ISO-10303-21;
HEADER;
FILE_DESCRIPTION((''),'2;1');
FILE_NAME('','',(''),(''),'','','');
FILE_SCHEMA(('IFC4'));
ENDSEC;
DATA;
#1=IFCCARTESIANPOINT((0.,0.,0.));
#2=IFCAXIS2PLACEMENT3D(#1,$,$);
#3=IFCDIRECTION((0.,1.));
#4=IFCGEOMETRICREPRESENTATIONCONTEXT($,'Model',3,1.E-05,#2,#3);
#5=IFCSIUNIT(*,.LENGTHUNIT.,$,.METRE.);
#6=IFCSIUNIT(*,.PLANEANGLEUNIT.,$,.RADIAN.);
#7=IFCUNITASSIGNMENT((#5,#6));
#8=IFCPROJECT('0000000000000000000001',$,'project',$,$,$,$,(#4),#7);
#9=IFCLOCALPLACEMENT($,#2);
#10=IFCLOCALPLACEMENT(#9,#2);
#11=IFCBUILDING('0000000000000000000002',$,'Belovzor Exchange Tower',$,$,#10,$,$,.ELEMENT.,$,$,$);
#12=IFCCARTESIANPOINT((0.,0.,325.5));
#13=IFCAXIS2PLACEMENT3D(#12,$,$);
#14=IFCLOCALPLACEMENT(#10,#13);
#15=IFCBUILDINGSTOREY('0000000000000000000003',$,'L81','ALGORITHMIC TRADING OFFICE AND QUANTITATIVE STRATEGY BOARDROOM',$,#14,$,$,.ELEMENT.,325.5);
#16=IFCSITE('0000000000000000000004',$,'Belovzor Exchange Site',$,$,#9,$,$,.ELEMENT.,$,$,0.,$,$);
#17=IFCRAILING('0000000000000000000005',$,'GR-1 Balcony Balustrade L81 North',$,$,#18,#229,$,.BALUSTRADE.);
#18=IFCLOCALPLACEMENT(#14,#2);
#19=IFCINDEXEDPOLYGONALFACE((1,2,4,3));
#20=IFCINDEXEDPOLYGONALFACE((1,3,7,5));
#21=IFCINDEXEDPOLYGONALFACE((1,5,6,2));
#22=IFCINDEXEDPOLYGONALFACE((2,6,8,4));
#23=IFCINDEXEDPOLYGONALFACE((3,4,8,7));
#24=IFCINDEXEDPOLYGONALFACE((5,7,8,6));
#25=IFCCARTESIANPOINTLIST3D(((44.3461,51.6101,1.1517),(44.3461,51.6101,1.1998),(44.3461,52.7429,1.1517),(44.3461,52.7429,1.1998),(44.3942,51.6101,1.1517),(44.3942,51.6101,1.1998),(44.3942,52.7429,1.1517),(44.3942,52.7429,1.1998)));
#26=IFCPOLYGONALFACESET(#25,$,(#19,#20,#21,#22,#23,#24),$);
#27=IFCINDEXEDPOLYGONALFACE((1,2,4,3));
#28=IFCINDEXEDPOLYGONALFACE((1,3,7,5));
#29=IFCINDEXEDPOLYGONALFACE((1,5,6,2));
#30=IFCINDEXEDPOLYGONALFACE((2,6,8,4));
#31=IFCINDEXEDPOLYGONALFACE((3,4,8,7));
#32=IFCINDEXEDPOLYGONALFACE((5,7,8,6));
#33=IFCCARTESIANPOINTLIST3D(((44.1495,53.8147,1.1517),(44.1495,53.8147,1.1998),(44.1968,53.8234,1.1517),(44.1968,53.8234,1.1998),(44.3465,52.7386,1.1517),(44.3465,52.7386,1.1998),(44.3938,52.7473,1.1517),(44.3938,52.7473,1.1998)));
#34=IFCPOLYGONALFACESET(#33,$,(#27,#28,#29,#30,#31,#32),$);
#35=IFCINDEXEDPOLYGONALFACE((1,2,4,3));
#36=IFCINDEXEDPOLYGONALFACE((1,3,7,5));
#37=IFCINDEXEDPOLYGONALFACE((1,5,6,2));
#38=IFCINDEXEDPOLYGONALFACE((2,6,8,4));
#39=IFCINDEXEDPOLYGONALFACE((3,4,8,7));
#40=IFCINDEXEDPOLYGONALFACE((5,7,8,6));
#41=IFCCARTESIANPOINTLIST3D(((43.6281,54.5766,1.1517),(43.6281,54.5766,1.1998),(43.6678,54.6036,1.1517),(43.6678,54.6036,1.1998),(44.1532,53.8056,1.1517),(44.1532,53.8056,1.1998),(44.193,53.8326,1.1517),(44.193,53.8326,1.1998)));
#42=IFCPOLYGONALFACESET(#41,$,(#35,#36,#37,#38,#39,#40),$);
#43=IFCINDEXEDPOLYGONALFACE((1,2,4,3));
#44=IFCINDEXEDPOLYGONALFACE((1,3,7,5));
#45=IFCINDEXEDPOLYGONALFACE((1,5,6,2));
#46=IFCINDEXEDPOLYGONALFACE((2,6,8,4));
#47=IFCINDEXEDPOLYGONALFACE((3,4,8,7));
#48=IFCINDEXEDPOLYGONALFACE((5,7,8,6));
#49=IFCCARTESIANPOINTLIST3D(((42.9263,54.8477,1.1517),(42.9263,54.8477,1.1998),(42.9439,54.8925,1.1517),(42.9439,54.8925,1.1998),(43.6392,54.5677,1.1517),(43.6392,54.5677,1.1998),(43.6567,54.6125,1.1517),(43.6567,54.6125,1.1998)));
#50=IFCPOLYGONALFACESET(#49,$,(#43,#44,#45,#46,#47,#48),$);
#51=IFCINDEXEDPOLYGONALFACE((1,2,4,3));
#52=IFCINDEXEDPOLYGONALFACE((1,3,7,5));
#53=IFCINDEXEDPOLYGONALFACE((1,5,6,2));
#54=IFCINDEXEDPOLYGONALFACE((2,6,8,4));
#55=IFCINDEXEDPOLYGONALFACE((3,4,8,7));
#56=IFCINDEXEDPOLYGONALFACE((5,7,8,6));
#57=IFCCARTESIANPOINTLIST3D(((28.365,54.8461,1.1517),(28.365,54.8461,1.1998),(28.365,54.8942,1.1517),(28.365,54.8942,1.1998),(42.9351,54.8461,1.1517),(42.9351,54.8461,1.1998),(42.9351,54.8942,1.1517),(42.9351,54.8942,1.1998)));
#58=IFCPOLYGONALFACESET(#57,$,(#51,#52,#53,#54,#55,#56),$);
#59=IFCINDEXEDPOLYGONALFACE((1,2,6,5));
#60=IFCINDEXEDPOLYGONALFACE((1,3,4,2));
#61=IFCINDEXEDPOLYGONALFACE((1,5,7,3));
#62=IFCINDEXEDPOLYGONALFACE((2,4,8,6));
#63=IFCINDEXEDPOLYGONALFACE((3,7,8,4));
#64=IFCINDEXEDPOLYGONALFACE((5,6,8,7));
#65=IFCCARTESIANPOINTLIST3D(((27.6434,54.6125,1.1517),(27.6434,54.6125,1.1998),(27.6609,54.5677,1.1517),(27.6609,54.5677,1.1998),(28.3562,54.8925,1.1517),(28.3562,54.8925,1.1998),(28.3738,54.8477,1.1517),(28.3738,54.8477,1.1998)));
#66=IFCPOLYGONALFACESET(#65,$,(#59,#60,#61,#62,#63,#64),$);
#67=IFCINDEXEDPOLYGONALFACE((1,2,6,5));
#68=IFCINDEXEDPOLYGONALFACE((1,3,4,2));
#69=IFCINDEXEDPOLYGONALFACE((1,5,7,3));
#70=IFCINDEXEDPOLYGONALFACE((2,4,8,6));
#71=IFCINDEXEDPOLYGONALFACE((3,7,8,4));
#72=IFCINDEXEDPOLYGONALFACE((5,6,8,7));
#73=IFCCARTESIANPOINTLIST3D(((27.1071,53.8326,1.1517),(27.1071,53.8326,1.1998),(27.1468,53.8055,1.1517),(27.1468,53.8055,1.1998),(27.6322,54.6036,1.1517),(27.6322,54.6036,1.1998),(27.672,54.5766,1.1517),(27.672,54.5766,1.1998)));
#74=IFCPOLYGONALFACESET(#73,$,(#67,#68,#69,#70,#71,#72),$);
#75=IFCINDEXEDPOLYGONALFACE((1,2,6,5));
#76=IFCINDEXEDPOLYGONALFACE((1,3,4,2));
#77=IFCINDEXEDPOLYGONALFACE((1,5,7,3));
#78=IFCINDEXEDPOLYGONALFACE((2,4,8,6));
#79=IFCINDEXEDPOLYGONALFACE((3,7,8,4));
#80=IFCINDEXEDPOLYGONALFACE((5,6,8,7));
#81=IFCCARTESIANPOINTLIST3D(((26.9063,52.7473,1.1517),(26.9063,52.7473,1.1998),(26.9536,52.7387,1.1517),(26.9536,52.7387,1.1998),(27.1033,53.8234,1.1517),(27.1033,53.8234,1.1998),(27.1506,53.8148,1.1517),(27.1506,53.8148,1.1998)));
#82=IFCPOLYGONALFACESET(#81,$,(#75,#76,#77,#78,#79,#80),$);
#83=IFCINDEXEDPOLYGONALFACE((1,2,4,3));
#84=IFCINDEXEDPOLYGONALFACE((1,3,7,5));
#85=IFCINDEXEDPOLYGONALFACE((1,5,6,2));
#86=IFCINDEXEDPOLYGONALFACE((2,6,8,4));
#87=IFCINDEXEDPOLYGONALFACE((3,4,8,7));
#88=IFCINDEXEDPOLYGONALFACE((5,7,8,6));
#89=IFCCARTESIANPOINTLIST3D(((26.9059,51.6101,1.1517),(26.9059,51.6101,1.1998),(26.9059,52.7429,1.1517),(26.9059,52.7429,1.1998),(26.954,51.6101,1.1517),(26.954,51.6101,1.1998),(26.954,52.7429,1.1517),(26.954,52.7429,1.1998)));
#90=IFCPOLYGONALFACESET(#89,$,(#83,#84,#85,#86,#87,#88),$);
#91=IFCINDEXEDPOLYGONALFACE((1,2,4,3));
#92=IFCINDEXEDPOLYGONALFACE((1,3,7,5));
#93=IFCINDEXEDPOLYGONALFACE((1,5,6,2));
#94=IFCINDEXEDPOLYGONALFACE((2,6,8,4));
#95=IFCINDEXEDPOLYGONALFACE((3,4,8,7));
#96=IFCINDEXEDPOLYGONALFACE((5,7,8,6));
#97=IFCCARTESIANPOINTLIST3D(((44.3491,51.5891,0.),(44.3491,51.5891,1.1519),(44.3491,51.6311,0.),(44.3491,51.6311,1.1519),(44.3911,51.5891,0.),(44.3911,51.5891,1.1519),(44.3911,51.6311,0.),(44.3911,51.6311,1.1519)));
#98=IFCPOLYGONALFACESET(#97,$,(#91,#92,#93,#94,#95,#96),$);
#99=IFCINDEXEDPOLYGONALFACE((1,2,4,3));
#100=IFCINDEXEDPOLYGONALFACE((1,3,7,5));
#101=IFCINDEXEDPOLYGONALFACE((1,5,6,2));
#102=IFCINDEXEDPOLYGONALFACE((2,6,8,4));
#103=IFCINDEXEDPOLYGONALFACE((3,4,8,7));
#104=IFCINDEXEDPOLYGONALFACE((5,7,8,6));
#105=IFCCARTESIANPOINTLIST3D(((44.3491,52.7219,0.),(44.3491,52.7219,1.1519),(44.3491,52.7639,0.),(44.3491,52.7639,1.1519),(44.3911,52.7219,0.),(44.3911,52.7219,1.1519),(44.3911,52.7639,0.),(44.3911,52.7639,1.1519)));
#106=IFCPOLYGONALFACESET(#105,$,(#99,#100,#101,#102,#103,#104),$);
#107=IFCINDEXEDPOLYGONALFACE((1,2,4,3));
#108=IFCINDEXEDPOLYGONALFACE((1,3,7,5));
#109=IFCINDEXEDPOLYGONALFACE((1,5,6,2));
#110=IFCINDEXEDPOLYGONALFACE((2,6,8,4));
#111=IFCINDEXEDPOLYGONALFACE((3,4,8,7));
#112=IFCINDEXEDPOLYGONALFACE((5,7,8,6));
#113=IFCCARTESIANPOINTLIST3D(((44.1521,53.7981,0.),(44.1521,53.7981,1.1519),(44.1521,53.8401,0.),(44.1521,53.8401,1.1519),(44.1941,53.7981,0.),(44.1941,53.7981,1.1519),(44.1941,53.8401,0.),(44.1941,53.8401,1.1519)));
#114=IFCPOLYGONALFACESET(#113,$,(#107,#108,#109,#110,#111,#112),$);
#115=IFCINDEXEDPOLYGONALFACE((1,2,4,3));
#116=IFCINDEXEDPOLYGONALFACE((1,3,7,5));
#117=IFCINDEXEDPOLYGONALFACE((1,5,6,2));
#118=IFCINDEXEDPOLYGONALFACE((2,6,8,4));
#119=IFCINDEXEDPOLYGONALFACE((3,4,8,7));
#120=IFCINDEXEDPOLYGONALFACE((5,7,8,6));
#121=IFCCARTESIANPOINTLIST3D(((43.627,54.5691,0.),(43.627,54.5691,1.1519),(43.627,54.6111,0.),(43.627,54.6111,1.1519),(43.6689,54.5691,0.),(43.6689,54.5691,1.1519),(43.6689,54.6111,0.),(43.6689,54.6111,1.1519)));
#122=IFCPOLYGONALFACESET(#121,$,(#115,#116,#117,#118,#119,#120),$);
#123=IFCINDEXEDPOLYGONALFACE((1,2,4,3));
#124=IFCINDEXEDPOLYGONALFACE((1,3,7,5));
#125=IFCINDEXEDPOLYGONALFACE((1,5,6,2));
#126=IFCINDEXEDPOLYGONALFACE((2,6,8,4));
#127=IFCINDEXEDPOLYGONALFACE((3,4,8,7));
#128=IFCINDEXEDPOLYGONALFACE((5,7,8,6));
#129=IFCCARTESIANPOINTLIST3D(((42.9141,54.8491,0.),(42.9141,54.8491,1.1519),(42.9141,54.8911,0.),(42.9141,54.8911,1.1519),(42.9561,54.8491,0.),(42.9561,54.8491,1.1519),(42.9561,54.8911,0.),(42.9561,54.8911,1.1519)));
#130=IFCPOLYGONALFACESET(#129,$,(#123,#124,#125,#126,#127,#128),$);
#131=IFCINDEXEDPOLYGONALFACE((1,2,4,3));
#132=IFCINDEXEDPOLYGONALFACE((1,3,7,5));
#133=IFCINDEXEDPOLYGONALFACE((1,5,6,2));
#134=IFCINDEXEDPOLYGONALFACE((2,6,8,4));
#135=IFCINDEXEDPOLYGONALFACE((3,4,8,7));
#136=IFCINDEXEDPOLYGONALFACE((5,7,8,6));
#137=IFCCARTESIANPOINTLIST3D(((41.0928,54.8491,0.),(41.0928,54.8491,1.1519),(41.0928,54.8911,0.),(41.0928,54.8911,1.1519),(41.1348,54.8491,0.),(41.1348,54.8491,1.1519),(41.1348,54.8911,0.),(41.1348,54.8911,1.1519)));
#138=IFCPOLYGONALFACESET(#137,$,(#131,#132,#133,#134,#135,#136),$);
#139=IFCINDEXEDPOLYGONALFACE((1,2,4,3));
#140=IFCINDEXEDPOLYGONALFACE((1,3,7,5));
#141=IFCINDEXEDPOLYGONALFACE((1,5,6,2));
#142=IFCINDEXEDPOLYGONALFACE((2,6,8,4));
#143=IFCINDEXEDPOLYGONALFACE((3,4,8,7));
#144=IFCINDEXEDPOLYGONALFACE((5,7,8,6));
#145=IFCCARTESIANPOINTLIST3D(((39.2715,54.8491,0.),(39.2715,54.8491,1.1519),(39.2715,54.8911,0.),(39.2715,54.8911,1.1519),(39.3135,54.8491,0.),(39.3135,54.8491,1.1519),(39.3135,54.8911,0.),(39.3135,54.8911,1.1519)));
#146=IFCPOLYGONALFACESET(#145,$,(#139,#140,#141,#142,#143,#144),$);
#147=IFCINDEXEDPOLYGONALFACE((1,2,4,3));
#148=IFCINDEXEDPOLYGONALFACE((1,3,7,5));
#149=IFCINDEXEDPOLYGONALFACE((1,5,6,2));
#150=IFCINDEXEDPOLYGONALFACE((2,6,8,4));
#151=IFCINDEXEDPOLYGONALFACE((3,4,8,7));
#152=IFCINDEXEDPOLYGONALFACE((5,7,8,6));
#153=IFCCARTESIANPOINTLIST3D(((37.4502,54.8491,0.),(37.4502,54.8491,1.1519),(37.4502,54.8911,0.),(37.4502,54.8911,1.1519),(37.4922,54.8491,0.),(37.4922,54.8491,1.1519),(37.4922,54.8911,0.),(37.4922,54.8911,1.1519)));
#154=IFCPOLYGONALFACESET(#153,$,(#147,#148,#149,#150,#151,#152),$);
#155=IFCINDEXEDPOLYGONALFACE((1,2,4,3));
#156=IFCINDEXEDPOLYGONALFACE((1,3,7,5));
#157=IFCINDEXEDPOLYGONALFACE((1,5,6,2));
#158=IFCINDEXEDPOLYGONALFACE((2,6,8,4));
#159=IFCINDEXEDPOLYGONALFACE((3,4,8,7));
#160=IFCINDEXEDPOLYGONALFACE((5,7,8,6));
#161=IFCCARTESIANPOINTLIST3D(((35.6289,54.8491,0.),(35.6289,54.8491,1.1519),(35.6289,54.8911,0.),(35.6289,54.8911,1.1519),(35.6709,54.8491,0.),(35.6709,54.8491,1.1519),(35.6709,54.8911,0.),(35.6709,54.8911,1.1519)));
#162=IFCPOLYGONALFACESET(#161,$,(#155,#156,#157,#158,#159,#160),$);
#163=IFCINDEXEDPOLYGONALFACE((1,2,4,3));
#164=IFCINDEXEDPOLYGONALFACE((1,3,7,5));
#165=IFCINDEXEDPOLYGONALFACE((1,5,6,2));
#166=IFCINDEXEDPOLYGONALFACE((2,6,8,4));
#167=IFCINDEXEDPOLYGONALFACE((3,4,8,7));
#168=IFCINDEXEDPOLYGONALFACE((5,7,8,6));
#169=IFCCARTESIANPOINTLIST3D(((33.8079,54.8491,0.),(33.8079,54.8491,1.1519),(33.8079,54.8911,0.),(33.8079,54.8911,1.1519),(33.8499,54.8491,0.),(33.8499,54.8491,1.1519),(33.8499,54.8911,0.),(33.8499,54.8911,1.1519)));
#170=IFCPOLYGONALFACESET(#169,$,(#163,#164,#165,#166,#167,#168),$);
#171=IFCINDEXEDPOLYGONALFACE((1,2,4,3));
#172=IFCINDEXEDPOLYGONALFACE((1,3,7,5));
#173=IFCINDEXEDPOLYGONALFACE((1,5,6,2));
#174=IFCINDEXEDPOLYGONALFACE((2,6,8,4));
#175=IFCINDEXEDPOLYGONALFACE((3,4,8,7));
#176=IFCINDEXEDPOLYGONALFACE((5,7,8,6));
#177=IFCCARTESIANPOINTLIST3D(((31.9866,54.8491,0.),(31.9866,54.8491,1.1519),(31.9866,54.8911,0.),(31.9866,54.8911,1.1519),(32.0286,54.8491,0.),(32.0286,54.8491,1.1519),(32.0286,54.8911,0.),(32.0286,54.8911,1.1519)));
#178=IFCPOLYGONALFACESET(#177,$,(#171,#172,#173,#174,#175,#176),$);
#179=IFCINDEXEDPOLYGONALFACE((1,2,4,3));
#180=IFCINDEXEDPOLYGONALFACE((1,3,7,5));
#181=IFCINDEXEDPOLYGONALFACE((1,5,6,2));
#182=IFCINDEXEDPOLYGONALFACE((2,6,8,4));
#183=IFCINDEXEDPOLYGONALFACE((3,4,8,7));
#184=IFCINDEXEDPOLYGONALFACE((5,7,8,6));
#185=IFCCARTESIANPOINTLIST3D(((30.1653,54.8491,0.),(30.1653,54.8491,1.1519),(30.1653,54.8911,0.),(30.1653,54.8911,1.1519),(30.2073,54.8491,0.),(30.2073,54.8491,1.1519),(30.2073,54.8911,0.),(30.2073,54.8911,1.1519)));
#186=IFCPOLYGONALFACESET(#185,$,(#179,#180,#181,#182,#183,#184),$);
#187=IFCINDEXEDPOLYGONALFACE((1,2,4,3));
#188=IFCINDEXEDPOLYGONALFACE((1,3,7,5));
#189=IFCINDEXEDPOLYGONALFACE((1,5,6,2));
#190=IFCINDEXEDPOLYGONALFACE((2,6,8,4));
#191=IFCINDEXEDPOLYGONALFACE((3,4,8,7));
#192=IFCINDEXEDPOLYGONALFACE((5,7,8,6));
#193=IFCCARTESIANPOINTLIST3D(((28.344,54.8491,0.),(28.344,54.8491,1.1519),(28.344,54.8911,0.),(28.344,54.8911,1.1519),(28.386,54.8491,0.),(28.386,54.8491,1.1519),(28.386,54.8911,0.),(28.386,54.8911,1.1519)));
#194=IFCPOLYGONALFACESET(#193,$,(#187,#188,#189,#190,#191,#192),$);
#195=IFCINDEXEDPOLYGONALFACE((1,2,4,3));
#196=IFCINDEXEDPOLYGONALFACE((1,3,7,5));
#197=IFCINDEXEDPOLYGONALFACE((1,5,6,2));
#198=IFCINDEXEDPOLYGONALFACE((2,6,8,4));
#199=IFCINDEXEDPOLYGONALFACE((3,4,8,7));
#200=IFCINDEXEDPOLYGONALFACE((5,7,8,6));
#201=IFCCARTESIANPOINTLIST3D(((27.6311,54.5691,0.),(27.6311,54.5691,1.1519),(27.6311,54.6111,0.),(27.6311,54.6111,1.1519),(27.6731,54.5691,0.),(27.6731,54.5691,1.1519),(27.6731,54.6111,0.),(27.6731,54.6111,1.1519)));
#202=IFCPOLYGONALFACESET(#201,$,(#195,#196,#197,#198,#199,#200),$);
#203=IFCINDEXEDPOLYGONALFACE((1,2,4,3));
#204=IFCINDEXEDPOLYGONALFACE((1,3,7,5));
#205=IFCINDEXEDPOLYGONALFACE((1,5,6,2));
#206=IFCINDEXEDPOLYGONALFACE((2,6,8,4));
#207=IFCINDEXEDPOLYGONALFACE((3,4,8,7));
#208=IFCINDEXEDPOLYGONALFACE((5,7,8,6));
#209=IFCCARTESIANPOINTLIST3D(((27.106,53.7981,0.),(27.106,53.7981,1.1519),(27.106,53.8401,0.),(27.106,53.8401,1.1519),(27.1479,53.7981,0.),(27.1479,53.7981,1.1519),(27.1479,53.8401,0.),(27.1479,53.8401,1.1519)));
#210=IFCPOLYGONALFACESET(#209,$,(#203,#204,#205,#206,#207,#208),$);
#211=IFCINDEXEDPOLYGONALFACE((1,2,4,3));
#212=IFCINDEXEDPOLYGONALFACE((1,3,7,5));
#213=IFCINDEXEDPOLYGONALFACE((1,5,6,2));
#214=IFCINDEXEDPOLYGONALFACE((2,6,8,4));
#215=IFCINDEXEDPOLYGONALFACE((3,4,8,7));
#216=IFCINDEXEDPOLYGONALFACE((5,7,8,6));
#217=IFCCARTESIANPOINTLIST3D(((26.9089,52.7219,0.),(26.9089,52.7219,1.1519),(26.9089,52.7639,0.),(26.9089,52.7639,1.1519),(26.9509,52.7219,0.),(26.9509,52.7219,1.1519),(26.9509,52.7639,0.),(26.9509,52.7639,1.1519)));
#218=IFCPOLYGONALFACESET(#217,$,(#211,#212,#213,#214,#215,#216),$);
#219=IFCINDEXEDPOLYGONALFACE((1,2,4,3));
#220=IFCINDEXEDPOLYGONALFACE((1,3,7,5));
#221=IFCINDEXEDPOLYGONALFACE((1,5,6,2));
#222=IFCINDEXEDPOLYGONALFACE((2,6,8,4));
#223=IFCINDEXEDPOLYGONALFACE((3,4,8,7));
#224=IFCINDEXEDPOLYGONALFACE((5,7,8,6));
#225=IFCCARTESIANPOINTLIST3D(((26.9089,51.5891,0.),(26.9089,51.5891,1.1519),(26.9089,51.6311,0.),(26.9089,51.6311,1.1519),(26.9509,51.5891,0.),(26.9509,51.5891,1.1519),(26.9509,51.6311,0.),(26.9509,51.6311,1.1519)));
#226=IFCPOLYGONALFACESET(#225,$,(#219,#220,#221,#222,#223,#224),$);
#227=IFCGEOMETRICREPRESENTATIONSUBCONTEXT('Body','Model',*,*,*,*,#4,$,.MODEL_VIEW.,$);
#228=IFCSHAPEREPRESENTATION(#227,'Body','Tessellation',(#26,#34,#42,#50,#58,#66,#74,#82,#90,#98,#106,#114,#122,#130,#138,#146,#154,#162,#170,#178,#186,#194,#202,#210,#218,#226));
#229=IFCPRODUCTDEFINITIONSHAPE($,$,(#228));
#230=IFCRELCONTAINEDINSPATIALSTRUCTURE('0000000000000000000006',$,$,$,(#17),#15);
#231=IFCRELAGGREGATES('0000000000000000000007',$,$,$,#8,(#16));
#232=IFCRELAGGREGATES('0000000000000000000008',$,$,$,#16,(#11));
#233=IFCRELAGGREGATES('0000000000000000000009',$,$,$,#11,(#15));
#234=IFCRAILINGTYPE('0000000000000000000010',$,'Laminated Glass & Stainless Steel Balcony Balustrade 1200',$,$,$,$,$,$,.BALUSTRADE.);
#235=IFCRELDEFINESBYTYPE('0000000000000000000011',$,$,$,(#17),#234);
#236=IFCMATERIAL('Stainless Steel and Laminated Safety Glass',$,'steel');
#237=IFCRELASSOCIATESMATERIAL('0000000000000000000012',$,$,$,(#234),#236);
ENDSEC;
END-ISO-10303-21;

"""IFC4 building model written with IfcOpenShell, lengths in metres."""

from ifc_helpers import new_model, si_unit, direction, frame, origin, origin_2d, place, context, subcontext, project, spatial, rectangle, extrude, material, type_object, element, save


model = new_model("IFC4")

# Units and contexts
model_context = context("Model", 3, precision=1e-05, world=origin(), true_north=direction((0.0, 1.0)))
body_context = subcontext(model_context, "Body", "Model", "MODEL_VIEW")
ifc_project = project(units=[si_unit("LENGTHUNIT", "METRE"), si_unit("PLANEANGLEUNIT", "RADIAN")], contexts=[model_context])

# Site, building, storey
site_placement = place(None, origin())
site = spatial("IfcSite", under=ifc_project, at=site_placement, Name="Belovzor Exchange Site", CompositionType="ELEMENT", RefElevation=0.0)
building_placement = place(site_placement, origin())
building = spatial("IfcBuilding", under=site, at=building_placement, Name="Belovzor Exchange Tower", CompositionType="ELEMENT")
storey_placement = place(building_placement, frame((0.0, 0.0, 325.5)))
storey = spatial("IfcBuildingStorey", under=building, at=storey_placement, Name="L81", Description="ALGORITHMIC TRADING OFFICE AND QUANTITATIVE STRATEGY BOARDROOM", CompositionType="ELEMENT", Elevation=325.5)

# Railing
ifc_material_1 = material(Name="Stainless Steel and Laminated Safety Glass", Category="steel")
railing_type = type_object("IfcRailingType", Name="Laminated Glass & Stainless Steel Balcony Balustrade 1200", PredefinedType="BALUSTRADE", material=ifc_material_1)
railing_placement = place(storey_placement, frame((44.3701, 51.6101, 0.0)))
element("IfcRailing", 1, at=railing_placement, inside=storey, type_object=railing_type, Name="GR-1 Balcony Balustrade L81 North", PredefinedType="BALUSTRADE", context=body_context, shape_type="SweptSolid", body=[
    extrude(rectangle(XDim=0.0481, YDim=0.0481, at=origin_2d()), frame((0.0, 0.0, 1.1758), z_axis=(0.0, 1.0, 0.0), x_axis=(-1.0, 0.0, 0.0)), (0.0, 0.0, 1.0), 1.1328),
    extrude(rectangle(XDim=0.0481, YDim=0.0481, at=origin_2d()), frame((0.0, 1.1328, 1.1758), z_axis=(-0.180083, 0.983651, 0.0), x_axis=(-0.983651, -0.180083, 0.0)), (0.0, 0.0, 1.0), 1.094),
    extrude(rectangle(XDim=0.0481, YDim=0.0481, at=origin_2d()), frame((-0.197, 2.209, 1.1758), z_axis=(-0.562947, 0.826493, 0.0), x_axis=(-0.826493, -0.562947, 0.0)), (0.0, 0.0, 1.0), 0.9329),
    extrude(rectangle(XDim=0.0481, YDim=0.0481, at=origin_2d()), frame((-0.7222, 2.98, 1.1758), z_axis=(-0.930767, 0.365613, 0.0), x_axis=(-0.365613, -0.930767, 0.0)), (0.0, 0.0, 1.0), 0.7659),
    extrude(rectangle(XDim=0.0481, YDim=0.0481, at=origin_2d()), frame((-1.4351, 3.26, 1.1758), z_axis=(-1.0, 0.0, 0.0), x_axis=(0.0, -1.0, 0.0)), (0.0, 0.0, 1.0), 14.5701),
    extrude(rectangle(XDim=0.0481, YDim=0.0481, at=origin_2d()), frame((-16.0051, 3.26, 1.1758), z_axis=(-0.930767, -0.365613, 0.0), x_axis=(0.365613, -0.930767, 0.0)), (0.0, 0.0, 1.0), 0.7659),
    extrude(rectangle(XDim=0.0481, YDim=0.0481, at=origin_2d()), frame((-16.718, 2.98, 1.1758), z_axis=(-0.562947, -0.826493, 0.0), x_axis=(0.826493, -0.562947, 0.0)), (0.0, 0.0, 1.0), 0.9329),
    extrude(rectangle(XDim=0.0481, YDim=0.0481, at=origin_2d()), frame((-17.2432, 2.209, 1.1758), z_axis=(-0.180083, -0.983651, 0.0), x_axis=(0.983651, -0.180083, 0.0)), (0.0, 0.0, 1.0), 1.094),
    extrude(rectangle(XDim=0.0481, YDim=0.0481, at=origin_2d()), frame((-17.4402, 1.1328, 1.1758), z_axis=(0.0, -1.0, 0.0), x_axis=(1.0, 0.0, 0.0)), (0.0, 0.0, 1.0), 1.1328),
    extrude(rectangle(XDim=0.042, YDim=0.042, at=origin_2d()), origin(), (0.0, 0.0, 1.0), 1.1519),
    extrude(rectangle(XDim=0.042, YDim=0.042, at=origin_2d()), frame((0.0, 1.1328, 0.0)), (0.0, 0.0, 1.0), 1.1519),
    extrude(rectangle(XDim=0.042, YDim=0.042, at=origin_2d()), frame((-0.197, 2.209, 0.0)), (0.0, 0.0, 1.0), 1.1519),
    extrude(rectangle(XDim=0.042, YDim=0.042, at=origin_2d()), frame((-0.7222, 2.98, 0.0)), (0.0, 0.0, 1.0), 1.1519),
    extrude(rectangle(XDim=0.042, YDim=0.042, at=origin_2d()), frame((-1.4351, 3.26, 0.0)), (0.0, 0.0, 1.0), 1.1519),
    extrude(rectangle(XDim=0.042, YDim=0.042, at=origin_2d()), frame((-3.2563, 3.26, 0.0)), (0.0, 0.0, 1.0), 1.1519),
    extrude(rectangle(XDim=0.042, YDim=0.042, at=origin_2d()), frame((-5.0776, 3.26, 0.0)), (0.0, 0.0, 1.0), 1.1519),
    extrude(rectangle(XDim=0.042, YDim=0.042, at=origin_2d()), frame((-6.8989, 3.26, 0.0)), (0.0, 0.0, 1.0), 1.1519),
    extrude(rectangle(XDim=0.042, YDim=0.042, at=origin_2d()), frame((-8.7202, 3.26, 0.0)), (0.0, 0.0, 1.0), 1.1519),
    extrude(rectangle(XDim=0.042, YDim=0.042, at=origin_2d()), frame((-10.5413, 3.26, 0.0)), (0.0, 0.0, 1.0), 1.1519),
    extrude(rectangle(XDim=0.042, YDim=0.042, at=origin_2d()), frame((-12.3625, 3.26, 0.0)), (0.0, 0.0, 1.0), 1.1519),
    extrude(rectangle(XDim=0.042, YDim=0.042, at=origin_2d()), frame((-14.1838, 3.26, 0.0)), (0.0, 0.0, 1.0), 1.1519),
    extrude(rectangle(XDim=0.042, YDim=0.042, at=origin_2d()), frame((-16.0051, 3.26, 0.0)), (0.0, 0.0, 1.0), 1.1519),
    extrude(rectangle(XDim=0.042, YDim=0.042, at=origin_2d()), frame((-16.718, 2.98, 0.0)), (0.0, 0.0, 1.0), 1.1519),
    extrude(rectangle(XDim=0.042, YDim=0.042, at=origin_2d()), frame((-17.2432, 2.209, 0.0)), (0.0, 0.0, 1.0), 1.1519),
    extrude(rectangle(XDim=0.042, YDim=0.042, at=origin_2d()), frame((-17.4402, 1.1328, 0.0)), (0.0, 0.0, 1.0), 1.1519),
    extrude(rectangle(XDim=0.042, YDim=0.042, at=origin_2d()), frame((-17.4402, 0.0, 0.0)), (0.0, 0.0, 1.0), 1.1519),
])

save(model, "model.ifc")
